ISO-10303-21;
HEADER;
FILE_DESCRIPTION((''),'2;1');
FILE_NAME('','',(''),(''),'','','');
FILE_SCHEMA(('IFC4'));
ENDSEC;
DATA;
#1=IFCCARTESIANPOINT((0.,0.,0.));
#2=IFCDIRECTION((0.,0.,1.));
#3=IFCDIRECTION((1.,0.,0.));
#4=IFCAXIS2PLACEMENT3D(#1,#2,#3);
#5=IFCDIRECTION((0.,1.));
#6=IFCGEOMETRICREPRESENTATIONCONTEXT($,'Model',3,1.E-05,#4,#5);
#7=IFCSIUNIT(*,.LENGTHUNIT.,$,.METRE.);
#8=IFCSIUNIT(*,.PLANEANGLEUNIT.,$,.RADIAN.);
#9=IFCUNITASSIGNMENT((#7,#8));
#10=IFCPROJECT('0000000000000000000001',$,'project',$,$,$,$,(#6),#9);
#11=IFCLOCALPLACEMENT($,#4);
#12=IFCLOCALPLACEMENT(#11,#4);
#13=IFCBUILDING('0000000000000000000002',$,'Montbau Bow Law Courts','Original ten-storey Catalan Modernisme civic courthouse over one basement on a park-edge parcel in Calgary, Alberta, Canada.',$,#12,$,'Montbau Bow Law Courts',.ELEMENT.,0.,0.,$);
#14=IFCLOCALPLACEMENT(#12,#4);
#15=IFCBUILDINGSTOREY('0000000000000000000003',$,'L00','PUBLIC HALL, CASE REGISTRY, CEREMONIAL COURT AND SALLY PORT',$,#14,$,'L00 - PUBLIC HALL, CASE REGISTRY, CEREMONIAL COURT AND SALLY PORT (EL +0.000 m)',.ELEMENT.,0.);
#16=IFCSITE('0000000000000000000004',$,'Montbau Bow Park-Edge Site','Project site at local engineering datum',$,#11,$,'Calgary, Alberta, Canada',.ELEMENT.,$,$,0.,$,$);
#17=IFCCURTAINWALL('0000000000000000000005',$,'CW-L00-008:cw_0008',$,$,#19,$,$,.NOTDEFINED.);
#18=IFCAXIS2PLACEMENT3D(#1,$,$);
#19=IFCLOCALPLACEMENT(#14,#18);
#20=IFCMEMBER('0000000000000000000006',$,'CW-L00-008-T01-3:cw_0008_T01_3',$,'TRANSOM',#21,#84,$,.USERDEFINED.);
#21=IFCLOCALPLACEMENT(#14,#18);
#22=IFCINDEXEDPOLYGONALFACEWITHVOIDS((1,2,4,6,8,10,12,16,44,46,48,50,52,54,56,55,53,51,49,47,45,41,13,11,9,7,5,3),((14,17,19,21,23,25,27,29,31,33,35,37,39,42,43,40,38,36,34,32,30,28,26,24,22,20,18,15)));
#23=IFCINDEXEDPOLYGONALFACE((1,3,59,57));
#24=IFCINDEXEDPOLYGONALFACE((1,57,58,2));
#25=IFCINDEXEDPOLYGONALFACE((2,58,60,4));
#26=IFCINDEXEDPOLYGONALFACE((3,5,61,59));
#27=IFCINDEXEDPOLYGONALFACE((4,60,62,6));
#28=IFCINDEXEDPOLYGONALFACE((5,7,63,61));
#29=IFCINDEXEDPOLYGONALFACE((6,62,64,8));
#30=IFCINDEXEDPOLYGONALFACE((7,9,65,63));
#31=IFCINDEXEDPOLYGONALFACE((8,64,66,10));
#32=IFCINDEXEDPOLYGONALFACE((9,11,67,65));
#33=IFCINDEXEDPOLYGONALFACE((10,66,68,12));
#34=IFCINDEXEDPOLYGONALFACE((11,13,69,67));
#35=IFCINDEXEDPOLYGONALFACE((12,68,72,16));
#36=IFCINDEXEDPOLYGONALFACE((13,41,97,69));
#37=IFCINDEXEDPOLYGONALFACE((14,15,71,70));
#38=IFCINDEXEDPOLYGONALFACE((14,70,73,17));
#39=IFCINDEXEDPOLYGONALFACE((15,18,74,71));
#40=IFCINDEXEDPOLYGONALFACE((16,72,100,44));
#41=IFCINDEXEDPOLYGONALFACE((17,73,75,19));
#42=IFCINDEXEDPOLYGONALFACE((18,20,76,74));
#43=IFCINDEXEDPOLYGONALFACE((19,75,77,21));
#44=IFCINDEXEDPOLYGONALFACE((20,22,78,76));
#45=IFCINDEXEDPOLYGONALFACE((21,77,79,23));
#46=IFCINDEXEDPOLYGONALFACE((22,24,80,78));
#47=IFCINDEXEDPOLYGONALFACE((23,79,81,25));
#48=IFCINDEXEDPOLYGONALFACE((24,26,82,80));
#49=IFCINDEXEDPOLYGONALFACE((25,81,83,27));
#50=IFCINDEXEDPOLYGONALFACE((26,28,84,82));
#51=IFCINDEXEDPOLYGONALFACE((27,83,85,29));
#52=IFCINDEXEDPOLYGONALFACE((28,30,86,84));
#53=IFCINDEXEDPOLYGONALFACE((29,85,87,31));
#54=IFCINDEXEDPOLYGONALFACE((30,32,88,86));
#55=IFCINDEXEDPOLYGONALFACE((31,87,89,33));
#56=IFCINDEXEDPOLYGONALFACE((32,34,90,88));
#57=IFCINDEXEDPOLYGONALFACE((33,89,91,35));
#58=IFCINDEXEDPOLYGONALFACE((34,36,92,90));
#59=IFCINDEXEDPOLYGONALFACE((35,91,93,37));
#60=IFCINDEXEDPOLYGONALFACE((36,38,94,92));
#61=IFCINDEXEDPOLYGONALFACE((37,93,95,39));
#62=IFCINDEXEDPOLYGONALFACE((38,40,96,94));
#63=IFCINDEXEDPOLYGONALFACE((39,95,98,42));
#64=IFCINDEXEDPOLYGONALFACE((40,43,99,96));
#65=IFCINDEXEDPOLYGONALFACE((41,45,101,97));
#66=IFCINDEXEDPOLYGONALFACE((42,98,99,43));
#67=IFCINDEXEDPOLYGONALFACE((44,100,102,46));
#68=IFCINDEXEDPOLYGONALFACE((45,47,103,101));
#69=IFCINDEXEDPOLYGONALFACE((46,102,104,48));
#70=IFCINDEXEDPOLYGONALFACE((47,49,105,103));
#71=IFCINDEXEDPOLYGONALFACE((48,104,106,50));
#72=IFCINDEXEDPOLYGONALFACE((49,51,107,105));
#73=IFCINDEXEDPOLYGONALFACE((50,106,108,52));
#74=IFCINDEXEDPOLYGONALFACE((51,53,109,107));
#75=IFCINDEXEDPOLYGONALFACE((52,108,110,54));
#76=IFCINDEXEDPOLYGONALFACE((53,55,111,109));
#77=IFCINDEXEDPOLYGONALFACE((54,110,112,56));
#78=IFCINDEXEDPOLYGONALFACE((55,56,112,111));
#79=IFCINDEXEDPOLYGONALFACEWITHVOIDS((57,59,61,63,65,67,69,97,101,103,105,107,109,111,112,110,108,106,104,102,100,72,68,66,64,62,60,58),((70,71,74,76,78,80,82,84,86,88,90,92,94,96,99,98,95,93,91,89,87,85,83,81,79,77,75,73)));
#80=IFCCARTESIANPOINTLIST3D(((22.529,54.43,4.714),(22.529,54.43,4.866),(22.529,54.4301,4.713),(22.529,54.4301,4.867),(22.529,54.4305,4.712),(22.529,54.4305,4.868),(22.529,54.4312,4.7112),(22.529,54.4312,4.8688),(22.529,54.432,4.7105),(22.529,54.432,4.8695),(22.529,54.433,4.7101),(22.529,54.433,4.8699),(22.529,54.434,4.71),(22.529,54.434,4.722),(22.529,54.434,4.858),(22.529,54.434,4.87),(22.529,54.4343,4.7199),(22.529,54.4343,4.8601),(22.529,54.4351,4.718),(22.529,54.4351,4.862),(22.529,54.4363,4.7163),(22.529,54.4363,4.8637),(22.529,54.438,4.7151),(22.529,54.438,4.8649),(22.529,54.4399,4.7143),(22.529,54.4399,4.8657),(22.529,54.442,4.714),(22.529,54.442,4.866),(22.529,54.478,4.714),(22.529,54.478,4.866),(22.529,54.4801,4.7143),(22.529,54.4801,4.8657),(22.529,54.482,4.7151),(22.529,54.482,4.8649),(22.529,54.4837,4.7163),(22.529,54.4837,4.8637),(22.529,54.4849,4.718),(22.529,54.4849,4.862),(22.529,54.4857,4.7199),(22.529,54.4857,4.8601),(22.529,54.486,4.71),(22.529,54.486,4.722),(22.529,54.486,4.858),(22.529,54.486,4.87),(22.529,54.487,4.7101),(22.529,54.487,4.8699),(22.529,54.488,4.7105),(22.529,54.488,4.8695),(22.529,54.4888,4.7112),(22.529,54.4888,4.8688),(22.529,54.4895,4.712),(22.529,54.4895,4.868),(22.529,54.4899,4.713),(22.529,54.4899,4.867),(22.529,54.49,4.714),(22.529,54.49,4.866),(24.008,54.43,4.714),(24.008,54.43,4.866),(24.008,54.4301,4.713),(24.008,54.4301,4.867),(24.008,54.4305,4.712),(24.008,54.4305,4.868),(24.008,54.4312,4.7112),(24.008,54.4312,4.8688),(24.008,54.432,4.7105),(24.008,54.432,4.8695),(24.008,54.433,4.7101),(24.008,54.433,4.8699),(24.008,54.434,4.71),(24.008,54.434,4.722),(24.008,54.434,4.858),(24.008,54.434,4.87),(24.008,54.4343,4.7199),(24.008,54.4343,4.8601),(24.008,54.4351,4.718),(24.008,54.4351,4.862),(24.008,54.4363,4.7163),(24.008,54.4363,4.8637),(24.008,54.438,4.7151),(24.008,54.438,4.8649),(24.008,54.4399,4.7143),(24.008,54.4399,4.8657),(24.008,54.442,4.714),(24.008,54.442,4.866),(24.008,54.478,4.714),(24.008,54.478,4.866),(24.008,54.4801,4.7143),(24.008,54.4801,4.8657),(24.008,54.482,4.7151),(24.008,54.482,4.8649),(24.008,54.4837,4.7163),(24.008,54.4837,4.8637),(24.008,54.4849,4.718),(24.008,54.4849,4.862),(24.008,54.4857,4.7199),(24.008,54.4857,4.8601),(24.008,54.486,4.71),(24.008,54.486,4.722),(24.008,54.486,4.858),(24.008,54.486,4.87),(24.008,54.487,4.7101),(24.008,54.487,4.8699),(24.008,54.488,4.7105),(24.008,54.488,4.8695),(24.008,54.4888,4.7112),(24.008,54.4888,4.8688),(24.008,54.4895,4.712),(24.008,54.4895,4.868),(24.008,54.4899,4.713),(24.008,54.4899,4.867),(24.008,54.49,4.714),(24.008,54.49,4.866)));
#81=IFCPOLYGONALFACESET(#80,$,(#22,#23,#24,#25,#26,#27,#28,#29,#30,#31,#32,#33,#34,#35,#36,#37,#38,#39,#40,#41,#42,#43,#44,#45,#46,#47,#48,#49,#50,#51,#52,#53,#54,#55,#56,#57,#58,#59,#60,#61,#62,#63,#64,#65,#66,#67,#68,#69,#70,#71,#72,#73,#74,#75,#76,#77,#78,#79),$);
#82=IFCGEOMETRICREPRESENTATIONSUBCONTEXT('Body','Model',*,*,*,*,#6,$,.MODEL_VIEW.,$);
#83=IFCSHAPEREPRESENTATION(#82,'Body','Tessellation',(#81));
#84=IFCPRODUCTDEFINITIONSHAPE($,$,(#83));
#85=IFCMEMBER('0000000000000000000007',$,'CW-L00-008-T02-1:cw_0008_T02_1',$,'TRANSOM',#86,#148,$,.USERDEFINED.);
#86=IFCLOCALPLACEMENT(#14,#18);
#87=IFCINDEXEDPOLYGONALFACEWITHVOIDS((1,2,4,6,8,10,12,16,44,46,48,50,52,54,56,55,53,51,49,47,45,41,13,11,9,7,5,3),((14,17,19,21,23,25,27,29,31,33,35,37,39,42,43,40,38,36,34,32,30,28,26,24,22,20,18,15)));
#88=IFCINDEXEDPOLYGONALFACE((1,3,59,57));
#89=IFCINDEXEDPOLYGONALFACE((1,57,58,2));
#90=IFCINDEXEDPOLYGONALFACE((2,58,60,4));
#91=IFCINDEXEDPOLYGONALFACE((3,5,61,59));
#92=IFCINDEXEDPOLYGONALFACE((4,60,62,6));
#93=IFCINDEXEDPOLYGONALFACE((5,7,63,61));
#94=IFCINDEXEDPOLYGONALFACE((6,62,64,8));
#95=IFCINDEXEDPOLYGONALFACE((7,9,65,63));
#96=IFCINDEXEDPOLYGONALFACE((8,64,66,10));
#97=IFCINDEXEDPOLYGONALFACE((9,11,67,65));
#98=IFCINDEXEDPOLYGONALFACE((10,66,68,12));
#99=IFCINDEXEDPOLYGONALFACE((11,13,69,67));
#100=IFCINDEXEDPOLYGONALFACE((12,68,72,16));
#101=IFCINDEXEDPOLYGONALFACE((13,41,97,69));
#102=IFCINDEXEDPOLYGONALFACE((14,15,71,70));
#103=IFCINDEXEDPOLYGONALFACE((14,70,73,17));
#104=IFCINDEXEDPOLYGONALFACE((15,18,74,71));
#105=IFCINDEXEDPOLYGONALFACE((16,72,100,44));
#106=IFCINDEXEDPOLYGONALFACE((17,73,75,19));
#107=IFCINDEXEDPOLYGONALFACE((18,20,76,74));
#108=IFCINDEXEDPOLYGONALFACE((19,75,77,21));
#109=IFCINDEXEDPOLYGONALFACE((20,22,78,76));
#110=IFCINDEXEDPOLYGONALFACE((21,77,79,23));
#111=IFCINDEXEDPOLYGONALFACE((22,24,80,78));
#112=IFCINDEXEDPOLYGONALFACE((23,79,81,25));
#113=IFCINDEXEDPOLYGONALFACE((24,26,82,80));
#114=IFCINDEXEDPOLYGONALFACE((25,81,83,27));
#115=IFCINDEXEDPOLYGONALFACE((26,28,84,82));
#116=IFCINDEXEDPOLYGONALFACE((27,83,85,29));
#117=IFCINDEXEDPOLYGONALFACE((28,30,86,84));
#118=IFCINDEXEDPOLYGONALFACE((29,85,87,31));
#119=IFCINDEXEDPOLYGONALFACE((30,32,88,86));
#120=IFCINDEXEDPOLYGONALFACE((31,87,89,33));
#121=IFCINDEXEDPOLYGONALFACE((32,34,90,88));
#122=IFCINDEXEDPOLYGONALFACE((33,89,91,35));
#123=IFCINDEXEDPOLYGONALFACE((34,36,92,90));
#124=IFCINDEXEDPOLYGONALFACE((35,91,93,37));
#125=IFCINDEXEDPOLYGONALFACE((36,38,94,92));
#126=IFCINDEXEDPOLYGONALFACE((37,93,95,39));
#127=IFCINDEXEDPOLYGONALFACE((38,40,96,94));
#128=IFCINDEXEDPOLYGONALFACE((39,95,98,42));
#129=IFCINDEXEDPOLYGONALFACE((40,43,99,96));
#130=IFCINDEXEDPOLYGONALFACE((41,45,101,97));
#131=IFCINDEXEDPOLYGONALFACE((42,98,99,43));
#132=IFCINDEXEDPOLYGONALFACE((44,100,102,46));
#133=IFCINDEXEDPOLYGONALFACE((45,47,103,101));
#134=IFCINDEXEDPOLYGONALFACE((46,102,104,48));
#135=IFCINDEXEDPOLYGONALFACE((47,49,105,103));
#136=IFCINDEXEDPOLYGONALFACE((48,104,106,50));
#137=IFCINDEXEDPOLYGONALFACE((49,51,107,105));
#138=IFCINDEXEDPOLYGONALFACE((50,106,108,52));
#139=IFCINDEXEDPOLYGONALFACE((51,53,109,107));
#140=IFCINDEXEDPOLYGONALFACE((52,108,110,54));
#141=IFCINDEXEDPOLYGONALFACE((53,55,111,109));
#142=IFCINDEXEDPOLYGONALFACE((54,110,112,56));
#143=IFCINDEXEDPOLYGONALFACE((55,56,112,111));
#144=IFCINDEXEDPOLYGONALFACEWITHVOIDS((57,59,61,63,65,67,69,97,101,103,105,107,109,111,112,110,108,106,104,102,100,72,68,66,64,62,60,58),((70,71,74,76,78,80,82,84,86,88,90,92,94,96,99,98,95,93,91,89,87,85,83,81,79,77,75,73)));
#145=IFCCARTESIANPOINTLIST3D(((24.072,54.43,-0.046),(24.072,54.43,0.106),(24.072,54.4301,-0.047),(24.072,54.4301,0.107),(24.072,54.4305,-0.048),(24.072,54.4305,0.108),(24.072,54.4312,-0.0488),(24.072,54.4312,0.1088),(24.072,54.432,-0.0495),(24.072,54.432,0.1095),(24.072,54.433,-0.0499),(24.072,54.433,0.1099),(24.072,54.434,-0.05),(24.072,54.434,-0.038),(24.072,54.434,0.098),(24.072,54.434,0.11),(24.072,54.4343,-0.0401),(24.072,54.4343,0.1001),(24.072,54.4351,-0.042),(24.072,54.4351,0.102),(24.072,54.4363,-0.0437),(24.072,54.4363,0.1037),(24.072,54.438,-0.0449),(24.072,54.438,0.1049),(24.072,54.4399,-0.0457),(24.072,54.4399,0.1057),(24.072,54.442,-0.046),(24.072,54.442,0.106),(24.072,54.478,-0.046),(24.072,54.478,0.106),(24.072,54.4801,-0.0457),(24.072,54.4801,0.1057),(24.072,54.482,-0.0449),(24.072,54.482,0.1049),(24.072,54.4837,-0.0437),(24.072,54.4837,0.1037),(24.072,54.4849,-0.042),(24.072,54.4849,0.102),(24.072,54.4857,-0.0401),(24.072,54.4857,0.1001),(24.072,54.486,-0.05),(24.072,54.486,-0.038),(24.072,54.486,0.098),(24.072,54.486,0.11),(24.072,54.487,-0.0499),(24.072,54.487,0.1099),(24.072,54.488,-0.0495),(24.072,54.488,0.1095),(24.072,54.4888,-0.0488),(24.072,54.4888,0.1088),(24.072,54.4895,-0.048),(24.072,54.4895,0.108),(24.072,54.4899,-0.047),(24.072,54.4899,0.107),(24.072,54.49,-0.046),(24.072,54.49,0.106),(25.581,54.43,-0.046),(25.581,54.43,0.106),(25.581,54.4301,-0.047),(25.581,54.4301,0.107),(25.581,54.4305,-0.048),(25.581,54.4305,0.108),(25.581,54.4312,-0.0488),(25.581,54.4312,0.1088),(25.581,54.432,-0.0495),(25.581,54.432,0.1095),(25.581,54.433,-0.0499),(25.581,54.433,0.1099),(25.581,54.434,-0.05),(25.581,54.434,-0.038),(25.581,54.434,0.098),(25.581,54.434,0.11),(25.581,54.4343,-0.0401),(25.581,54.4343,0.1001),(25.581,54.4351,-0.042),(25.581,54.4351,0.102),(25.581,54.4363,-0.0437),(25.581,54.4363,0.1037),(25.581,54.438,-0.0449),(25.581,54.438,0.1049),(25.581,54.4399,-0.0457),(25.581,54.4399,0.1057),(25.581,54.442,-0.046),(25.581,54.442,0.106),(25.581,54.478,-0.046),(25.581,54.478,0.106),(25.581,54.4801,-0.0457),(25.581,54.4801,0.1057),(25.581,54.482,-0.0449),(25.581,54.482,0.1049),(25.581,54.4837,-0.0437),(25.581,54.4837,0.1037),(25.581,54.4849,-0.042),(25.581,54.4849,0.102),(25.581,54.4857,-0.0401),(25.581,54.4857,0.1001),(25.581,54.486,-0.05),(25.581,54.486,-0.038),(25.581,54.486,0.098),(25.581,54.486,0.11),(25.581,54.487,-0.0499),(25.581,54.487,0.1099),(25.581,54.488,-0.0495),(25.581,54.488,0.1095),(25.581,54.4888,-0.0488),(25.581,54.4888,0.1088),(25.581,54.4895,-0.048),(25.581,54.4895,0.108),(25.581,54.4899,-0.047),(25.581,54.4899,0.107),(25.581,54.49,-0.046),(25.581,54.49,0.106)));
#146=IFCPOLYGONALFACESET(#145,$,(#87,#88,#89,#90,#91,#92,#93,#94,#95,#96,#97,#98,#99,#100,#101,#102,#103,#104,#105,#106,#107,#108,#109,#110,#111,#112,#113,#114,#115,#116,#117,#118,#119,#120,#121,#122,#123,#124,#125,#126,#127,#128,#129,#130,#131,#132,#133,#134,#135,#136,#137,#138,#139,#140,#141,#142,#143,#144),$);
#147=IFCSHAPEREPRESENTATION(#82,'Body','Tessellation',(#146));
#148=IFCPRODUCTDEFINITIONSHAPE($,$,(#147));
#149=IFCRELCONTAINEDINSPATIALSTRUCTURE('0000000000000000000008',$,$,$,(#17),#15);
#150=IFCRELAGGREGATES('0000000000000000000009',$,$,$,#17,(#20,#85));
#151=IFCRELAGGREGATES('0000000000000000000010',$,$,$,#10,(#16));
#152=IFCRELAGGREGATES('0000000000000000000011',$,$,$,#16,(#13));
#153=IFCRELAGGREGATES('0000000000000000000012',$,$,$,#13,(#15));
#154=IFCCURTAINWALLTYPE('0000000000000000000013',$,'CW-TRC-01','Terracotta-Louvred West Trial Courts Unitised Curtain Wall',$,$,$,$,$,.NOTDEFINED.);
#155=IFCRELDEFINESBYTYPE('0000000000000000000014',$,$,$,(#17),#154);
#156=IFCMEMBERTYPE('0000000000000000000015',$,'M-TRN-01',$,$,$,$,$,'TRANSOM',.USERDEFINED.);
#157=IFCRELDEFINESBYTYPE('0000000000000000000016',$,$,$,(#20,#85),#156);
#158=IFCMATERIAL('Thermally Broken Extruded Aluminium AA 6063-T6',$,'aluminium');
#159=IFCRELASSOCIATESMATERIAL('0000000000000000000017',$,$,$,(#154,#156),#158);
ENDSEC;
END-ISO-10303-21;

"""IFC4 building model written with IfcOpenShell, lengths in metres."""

from ifc_helpers import new_model, si_unit, direction, frame, origin_with_axes, origin_2d_with_axis, place, context, subcontext, project, spatial, hollow_rectangle, extrude, material, material_profile, profile_set, type_object, element, aggregate, save


model = new_model("IFC4")

# Units and contexts
model_context = context("Model", 3, precision=1e-05, world=origin_with_axes(), true_north=direction((0.0, 1.0)))
body_context = subcontext(model_context, "Body", "Model", "MODEL_VIEW")
ifc_project = project(units=[si_unit("LENGTHUNIT", "METRE"), si_unit("PLANEANGLEUNIT", "RADIAN")], contexts=[model_context])

# Site, building, storey
site_placement = place(None, origin_with_axes())
site = spatial("IfcSite", under=ifc_project, at=site_placement, Name="Montbau Bow Park-Edge Site", Description="Project site at local engineering datum", LongName="Calgary, Alberta, Canada", CompositionType="ELEMENT", RefElevation=0.0)
building_placement = place(site_placement, origin_with_axes())
building = spatial("IfcBuilding", under=site, at=building_placement, Name="Montbau Bow Law Courts", Description="Original ten-storey Catalan Modernisme civic courthouse over one basement on a park-edge parcel in Calgary, Alberta, Canada.", LongName="Montbau Bow Law Courts", CompositionType="ELEMENT", ElevationOfRefHeight=0.0, ElevationOfTerrain=0.0)
storey_placement = place(building_placement, origin_with_axes())
storey = spatial("IfcBuildingStorey", under=building, at=storey_placement, Name="L00", Description="PUBLIC HALL, CASE REGISTRY, CEREMONIAL COURT AND SALLY PORT", LongName="L00 - PUBLIC HALL, CASE REGISTRY, CEREMONIAL COURT AND SALLY PORT (EL +0.000 m)", CompositionType="ELEMENT", Elevation=0.0)

# Curtain wall, members
ifc_material_1 = material(Name="Thermally Broken Extruded Aluminium AA 6063-T6", Category="aluminium")
curtain_wall_type = type_object("IfcCurtainWallType", Name="CW-TRC-01", Description="Terracotta-Louvred West Trial Courts Unitised Curtain Wall", PredefinedType="NOTDEFINED", material=ifc_material_1)
curtain_wall_1_placement = place(None, frame((22.467, 54.46, 0.0), z_axis=(0.0, 0.0, 1.0), x_axis=(1.0, 0.0, 0.0)))
curtain_wall_1 = element("IfcCurtainWall", 1, at=curtain_wall_1_placement, inside=storey, type_object=curtain_wall_type, Name="CW-L00-008:cw_0008", PredefinedType="NOTDEFINED")
ifc_material_profile_1 = material_profile(ifc_material_1, hollow_rectangle(XDim=0.06, YDim=0.16, WallThickness=0.004, InnerFilletRadius=0.008, OuterFilletRadius=0.004, at=origin_2d_with_axis()), Name="CWT-160X60", Category="Main", Priority=0)
ifc_profile_set_1 = profile_set([ifc_material_profile_1], Name="Thermally Broken Extruded Aluminium AA 6063-T6")
member_type_1 = type_object("IfcMemberType", Name="M-TRN-01", ElementType="TRANSOM", PredefinedType="USERDEFINED", material=ifc_profile_set_1)
member_1_placement = place(None, frame((22.529, 54.46, 4.79), z_axis=(1.0, 0.0, 0.0), x_axis=(0.0, 1.0, 0.0)))
member_1 = element("IfcMember", 2, at=member_1_placement, type_object=member_type_1, Name="CW-L00-008-T01-3:cw_0008_T01_3", ObjectType="TRANSOM", PredefinedType="USERDEFINED", context=body_context, shape_type="SweptSolid", body=[
    extrude(hollow_rectangle(XDim=0.06, YDim=0.16, WallThickness=0.004, InnerFilletRadius=0.008, OuterFilletRadius=0.004, at=origin_2d_with_axis()), origin_with_axes(), (0.0, 0.0, 1.0), 1.479),
])
member_2_placement = place(None, frame((24.072, 54.46, 0.03), z_axis=(1.0, 0.0, 0.0), x_axis=(0.0, 1.0, 0.0)))
member_2 = element("IfcMember", 3, at=member_2_placement, type_object=member_type_1, Name="CW-L00-008-T02-1:cw_0008_T02_1", ObjectType="TRANSOM", PredefinedType="USERDEFINED", context=body_context, shape_type="SweptSolid", body=[
    extrude(hollow_rectangle(XDim=0.06, YDim=0.16, WallThickness=0.004, InnerFilletRadius=0.008, OuterFilletRadius=0.004, at=origin_2d_with_axis()), origin_with_axes(), (0.0, 0.0, 1.0), 1.509),
])

aggregate(curtain_wall_1, [member_1, member_2])

save(model, "model.ifc")
